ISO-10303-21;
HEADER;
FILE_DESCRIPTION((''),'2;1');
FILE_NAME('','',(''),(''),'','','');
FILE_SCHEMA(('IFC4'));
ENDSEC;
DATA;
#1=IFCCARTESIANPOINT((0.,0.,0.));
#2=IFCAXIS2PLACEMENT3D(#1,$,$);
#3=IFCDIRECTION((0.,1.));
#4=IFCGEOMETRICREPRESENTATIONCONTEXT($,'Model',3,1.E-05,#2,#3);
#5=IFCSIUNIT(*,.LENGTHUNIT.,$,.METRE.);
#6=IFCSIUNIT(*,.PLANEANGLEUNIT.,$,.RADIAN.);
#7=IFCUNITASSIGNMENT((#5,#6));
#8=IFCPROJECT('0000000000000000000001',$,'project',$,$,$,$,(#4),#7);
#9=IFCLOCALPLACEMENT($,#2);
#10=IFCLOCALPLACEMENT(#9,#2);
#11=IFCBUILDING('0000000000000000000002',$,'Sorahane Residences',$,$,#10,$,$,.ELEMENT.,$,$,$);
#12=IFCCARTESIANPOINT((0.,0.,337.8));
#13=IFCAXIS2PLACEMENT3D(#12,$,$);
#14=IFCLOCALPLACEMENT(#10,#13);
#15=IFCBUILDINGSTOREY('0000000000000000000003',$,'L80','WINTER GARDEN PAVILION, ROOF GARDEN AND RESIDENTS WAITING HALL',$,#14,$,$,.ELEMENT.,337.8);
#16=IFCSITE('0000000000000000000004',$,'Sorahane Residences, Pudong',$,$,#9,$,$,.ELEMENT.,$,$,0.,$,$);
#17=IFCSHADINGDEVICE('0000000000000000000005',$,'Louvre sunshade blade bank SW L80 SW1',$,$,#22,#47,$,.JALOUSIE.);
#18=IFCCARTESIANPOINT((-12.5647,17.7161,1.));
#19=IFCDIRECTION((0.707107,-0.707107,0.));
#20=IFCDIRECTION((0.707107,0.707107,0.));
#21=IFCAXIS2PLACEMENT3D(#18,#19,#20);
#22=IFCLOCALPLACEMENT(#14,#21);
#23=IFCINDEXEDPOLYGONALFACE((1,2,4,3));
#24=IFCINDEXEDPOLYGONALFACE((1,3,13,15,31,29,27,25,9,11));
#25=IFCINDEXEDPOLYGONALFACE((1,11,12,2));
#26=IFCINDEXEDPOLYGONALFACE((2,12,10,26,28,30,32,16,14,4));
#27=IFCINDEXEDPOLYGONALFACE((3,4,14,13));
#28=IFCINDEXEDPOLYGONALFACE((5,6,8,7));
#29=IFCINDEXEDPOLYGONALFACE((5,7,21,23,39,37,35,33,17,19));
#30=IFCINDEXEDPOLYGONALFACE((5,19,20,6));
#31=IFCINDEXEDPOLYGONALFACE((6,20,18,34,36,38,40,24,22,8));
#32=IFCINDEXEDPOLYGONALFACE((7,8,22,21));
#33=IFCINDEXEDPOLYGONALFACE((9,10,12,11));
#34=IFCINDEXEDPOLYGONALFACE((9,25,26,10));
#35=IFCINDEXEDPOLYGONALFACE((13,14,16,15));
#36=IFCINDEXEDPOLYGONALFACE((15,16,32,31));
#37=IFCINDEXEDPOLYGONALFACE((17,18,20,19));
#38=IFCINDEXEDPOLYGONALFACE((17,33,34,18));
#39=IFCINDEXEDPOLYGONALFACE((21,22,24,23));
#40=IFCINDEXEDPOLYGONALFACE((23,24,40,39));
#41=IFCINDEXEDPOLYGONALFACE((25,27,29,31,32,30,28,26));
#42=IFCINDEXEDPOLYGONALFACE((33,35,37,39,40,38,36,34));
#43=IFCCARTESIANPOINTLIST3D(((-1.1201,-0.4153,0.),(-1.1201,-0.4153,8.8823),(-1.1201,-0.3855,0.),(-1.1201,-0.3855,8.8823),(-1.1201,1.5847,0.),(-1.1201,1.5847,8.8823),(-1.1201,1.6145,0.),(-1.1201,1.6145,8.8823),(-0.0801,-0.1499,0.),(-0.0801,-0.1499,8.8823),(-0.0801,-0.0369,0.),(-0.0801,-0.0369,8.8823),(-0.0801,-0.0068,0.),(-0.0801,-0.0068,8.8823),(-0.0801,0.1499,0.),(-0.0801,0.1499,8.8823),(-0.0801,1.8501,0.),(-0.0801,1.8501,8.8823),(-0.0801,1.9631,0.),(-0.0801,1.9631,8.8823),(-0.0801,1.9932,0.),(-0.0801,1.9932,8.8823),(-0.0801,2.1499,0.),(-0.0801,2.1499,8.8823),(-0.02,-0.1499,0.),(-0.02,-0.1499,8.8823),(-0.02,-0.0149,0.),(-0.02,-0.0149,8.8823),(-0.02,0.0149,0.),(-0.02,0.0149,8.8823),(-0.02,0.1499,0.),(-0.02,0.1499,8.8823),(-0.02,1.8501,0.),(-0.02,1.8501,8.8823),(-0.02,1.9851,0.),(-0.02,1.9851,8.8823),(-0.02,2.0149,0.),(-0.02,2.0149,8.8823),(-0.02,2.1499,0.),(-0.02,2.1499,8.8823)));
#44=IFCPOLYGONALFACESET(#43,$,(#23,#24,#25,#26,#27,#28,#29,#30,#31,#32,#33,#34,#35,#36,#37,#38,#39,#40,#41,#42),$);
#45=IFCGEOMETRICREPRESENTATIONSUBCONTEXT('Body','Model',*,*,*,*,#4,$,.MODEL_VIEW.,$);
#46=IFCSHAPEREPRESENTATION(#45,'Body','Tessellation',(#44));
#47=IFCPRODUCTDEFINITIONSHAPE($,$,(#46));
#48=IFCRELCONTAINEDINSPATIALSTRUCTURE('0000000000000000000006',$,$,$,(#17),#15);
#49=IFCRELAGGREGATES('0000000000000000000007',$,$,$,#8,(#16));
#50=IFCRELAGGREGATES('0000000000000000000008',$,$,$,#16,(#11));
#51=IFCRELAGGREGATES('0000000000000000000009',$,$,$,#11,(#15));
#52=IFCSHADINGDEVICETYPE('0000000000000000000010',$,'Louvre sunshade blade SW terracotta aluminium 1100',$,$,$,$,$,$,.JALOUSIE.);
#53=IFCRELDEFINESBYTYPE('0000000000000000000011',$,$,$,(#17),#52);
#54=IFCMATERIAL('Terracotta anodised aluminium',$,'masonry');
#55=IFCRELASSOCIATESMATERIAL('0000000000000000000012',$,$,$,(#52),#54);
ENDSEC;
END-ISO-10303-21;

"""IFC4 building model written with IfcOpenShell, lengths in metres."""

from ifc_helpers import new_model, si_unit, direction, frame, origin, place, context, subcontext, project, spatial, polyline, outline, composite_profile, extrude, material, type_object, element, save


model = new_model("IFC4")

# Units and contexts
model_context = context("Model", 3, precision=1e-05, world=origin(), true_north=direction((0.0, 1.0)))
body_context = subcontext(model_context, "Body", "Model", "MODEL_VIEW")
ifc_project = project(units=[si_unit("LENGTHUNIT", "METRE"), si_unit("PLANEANGLEUNIT", "RADIAN")], contexts=[model_context])

# Site, building, storey
site_placement = place(None, origin())
site = spatial("IfcSite", under=ifc_project, at=site_placement, Name="Sorahane Residences, Pudong", CompositionType="ELEMENT", RefElevation=0.0)
building_placement = place(site_placement, origin())
building = spatial("IfcBuilding", under=site, at=building_placement, Name="Sorahane Residences", CompositionType="ELEMENT")
storey_placement = place(building_placement, frame((0.0, 0.0, 337.8)))
storey = spatial("IfcBuildingStorey", under=building, at=storey_placement, Name="L80", Description="WINTER GARDEN PAVILION, ROOF GARDEN AND RESIDENTS WAITING HALL", CompositionType="ELEMENT", Elevation=337.8)

# Shading device
ifc_material_1 = material(Name="Terracotta anodised aluminium", Category="masonry")
shading_device_type = type_object("IfcShadingDeviceType", Name="Louvre sunshade blade SW terracotta aluminium 1100", PredefinedType="JALOUSIE", material=ifc_material_1)
shading_device_placement = place(storey_placement, frame((-12.5647, 17.7161, 1.0), z_axis=(0.707107, -0.707107, 0.0), x_axis=(0.707107, 0.707107, 0.0)))
element("IfcShadingDevice", 1, at=shading_device_placement, inside=storey, type_object=shading_device_type, Name="Louvre sunshade blade bank SW L80 SW1", PredefinedType="JALOUSIE", context=body_context, shape_type="SweptSolid", body=[
    extrude(composite_profile([outline(polyline([(-1.1201, -0.3855), (-1.1201, -0.4153), (-0.0801, -0.0369), (-0.0801, -0.1499), (-0.02, -0.1499), (-0.02, -0.0149), (-0.02, 0.0149), (-0.02, 0.1499), (-0.0801, 0.1499), (-0.0801, -0.0068), (-1.1201, -0.3855)])), outline(polyline([(-1.1201, 1.6145), (-1.1201, 1.5847), (-0.0801, 1.9631), (-0.0801, 1.8501), (-0.02, 1.8501), (-0.02, 1.9851), (-0.02, 2.0149), (-0.02, 2.1499), (-0.0801, 2.1499), (-0.0801, 1.9932), (-1.1201, 1.6145)]))]), origin(), (0.0, 0.0, 1.0), 8.8823),
])

save(model, "model.ifc")
